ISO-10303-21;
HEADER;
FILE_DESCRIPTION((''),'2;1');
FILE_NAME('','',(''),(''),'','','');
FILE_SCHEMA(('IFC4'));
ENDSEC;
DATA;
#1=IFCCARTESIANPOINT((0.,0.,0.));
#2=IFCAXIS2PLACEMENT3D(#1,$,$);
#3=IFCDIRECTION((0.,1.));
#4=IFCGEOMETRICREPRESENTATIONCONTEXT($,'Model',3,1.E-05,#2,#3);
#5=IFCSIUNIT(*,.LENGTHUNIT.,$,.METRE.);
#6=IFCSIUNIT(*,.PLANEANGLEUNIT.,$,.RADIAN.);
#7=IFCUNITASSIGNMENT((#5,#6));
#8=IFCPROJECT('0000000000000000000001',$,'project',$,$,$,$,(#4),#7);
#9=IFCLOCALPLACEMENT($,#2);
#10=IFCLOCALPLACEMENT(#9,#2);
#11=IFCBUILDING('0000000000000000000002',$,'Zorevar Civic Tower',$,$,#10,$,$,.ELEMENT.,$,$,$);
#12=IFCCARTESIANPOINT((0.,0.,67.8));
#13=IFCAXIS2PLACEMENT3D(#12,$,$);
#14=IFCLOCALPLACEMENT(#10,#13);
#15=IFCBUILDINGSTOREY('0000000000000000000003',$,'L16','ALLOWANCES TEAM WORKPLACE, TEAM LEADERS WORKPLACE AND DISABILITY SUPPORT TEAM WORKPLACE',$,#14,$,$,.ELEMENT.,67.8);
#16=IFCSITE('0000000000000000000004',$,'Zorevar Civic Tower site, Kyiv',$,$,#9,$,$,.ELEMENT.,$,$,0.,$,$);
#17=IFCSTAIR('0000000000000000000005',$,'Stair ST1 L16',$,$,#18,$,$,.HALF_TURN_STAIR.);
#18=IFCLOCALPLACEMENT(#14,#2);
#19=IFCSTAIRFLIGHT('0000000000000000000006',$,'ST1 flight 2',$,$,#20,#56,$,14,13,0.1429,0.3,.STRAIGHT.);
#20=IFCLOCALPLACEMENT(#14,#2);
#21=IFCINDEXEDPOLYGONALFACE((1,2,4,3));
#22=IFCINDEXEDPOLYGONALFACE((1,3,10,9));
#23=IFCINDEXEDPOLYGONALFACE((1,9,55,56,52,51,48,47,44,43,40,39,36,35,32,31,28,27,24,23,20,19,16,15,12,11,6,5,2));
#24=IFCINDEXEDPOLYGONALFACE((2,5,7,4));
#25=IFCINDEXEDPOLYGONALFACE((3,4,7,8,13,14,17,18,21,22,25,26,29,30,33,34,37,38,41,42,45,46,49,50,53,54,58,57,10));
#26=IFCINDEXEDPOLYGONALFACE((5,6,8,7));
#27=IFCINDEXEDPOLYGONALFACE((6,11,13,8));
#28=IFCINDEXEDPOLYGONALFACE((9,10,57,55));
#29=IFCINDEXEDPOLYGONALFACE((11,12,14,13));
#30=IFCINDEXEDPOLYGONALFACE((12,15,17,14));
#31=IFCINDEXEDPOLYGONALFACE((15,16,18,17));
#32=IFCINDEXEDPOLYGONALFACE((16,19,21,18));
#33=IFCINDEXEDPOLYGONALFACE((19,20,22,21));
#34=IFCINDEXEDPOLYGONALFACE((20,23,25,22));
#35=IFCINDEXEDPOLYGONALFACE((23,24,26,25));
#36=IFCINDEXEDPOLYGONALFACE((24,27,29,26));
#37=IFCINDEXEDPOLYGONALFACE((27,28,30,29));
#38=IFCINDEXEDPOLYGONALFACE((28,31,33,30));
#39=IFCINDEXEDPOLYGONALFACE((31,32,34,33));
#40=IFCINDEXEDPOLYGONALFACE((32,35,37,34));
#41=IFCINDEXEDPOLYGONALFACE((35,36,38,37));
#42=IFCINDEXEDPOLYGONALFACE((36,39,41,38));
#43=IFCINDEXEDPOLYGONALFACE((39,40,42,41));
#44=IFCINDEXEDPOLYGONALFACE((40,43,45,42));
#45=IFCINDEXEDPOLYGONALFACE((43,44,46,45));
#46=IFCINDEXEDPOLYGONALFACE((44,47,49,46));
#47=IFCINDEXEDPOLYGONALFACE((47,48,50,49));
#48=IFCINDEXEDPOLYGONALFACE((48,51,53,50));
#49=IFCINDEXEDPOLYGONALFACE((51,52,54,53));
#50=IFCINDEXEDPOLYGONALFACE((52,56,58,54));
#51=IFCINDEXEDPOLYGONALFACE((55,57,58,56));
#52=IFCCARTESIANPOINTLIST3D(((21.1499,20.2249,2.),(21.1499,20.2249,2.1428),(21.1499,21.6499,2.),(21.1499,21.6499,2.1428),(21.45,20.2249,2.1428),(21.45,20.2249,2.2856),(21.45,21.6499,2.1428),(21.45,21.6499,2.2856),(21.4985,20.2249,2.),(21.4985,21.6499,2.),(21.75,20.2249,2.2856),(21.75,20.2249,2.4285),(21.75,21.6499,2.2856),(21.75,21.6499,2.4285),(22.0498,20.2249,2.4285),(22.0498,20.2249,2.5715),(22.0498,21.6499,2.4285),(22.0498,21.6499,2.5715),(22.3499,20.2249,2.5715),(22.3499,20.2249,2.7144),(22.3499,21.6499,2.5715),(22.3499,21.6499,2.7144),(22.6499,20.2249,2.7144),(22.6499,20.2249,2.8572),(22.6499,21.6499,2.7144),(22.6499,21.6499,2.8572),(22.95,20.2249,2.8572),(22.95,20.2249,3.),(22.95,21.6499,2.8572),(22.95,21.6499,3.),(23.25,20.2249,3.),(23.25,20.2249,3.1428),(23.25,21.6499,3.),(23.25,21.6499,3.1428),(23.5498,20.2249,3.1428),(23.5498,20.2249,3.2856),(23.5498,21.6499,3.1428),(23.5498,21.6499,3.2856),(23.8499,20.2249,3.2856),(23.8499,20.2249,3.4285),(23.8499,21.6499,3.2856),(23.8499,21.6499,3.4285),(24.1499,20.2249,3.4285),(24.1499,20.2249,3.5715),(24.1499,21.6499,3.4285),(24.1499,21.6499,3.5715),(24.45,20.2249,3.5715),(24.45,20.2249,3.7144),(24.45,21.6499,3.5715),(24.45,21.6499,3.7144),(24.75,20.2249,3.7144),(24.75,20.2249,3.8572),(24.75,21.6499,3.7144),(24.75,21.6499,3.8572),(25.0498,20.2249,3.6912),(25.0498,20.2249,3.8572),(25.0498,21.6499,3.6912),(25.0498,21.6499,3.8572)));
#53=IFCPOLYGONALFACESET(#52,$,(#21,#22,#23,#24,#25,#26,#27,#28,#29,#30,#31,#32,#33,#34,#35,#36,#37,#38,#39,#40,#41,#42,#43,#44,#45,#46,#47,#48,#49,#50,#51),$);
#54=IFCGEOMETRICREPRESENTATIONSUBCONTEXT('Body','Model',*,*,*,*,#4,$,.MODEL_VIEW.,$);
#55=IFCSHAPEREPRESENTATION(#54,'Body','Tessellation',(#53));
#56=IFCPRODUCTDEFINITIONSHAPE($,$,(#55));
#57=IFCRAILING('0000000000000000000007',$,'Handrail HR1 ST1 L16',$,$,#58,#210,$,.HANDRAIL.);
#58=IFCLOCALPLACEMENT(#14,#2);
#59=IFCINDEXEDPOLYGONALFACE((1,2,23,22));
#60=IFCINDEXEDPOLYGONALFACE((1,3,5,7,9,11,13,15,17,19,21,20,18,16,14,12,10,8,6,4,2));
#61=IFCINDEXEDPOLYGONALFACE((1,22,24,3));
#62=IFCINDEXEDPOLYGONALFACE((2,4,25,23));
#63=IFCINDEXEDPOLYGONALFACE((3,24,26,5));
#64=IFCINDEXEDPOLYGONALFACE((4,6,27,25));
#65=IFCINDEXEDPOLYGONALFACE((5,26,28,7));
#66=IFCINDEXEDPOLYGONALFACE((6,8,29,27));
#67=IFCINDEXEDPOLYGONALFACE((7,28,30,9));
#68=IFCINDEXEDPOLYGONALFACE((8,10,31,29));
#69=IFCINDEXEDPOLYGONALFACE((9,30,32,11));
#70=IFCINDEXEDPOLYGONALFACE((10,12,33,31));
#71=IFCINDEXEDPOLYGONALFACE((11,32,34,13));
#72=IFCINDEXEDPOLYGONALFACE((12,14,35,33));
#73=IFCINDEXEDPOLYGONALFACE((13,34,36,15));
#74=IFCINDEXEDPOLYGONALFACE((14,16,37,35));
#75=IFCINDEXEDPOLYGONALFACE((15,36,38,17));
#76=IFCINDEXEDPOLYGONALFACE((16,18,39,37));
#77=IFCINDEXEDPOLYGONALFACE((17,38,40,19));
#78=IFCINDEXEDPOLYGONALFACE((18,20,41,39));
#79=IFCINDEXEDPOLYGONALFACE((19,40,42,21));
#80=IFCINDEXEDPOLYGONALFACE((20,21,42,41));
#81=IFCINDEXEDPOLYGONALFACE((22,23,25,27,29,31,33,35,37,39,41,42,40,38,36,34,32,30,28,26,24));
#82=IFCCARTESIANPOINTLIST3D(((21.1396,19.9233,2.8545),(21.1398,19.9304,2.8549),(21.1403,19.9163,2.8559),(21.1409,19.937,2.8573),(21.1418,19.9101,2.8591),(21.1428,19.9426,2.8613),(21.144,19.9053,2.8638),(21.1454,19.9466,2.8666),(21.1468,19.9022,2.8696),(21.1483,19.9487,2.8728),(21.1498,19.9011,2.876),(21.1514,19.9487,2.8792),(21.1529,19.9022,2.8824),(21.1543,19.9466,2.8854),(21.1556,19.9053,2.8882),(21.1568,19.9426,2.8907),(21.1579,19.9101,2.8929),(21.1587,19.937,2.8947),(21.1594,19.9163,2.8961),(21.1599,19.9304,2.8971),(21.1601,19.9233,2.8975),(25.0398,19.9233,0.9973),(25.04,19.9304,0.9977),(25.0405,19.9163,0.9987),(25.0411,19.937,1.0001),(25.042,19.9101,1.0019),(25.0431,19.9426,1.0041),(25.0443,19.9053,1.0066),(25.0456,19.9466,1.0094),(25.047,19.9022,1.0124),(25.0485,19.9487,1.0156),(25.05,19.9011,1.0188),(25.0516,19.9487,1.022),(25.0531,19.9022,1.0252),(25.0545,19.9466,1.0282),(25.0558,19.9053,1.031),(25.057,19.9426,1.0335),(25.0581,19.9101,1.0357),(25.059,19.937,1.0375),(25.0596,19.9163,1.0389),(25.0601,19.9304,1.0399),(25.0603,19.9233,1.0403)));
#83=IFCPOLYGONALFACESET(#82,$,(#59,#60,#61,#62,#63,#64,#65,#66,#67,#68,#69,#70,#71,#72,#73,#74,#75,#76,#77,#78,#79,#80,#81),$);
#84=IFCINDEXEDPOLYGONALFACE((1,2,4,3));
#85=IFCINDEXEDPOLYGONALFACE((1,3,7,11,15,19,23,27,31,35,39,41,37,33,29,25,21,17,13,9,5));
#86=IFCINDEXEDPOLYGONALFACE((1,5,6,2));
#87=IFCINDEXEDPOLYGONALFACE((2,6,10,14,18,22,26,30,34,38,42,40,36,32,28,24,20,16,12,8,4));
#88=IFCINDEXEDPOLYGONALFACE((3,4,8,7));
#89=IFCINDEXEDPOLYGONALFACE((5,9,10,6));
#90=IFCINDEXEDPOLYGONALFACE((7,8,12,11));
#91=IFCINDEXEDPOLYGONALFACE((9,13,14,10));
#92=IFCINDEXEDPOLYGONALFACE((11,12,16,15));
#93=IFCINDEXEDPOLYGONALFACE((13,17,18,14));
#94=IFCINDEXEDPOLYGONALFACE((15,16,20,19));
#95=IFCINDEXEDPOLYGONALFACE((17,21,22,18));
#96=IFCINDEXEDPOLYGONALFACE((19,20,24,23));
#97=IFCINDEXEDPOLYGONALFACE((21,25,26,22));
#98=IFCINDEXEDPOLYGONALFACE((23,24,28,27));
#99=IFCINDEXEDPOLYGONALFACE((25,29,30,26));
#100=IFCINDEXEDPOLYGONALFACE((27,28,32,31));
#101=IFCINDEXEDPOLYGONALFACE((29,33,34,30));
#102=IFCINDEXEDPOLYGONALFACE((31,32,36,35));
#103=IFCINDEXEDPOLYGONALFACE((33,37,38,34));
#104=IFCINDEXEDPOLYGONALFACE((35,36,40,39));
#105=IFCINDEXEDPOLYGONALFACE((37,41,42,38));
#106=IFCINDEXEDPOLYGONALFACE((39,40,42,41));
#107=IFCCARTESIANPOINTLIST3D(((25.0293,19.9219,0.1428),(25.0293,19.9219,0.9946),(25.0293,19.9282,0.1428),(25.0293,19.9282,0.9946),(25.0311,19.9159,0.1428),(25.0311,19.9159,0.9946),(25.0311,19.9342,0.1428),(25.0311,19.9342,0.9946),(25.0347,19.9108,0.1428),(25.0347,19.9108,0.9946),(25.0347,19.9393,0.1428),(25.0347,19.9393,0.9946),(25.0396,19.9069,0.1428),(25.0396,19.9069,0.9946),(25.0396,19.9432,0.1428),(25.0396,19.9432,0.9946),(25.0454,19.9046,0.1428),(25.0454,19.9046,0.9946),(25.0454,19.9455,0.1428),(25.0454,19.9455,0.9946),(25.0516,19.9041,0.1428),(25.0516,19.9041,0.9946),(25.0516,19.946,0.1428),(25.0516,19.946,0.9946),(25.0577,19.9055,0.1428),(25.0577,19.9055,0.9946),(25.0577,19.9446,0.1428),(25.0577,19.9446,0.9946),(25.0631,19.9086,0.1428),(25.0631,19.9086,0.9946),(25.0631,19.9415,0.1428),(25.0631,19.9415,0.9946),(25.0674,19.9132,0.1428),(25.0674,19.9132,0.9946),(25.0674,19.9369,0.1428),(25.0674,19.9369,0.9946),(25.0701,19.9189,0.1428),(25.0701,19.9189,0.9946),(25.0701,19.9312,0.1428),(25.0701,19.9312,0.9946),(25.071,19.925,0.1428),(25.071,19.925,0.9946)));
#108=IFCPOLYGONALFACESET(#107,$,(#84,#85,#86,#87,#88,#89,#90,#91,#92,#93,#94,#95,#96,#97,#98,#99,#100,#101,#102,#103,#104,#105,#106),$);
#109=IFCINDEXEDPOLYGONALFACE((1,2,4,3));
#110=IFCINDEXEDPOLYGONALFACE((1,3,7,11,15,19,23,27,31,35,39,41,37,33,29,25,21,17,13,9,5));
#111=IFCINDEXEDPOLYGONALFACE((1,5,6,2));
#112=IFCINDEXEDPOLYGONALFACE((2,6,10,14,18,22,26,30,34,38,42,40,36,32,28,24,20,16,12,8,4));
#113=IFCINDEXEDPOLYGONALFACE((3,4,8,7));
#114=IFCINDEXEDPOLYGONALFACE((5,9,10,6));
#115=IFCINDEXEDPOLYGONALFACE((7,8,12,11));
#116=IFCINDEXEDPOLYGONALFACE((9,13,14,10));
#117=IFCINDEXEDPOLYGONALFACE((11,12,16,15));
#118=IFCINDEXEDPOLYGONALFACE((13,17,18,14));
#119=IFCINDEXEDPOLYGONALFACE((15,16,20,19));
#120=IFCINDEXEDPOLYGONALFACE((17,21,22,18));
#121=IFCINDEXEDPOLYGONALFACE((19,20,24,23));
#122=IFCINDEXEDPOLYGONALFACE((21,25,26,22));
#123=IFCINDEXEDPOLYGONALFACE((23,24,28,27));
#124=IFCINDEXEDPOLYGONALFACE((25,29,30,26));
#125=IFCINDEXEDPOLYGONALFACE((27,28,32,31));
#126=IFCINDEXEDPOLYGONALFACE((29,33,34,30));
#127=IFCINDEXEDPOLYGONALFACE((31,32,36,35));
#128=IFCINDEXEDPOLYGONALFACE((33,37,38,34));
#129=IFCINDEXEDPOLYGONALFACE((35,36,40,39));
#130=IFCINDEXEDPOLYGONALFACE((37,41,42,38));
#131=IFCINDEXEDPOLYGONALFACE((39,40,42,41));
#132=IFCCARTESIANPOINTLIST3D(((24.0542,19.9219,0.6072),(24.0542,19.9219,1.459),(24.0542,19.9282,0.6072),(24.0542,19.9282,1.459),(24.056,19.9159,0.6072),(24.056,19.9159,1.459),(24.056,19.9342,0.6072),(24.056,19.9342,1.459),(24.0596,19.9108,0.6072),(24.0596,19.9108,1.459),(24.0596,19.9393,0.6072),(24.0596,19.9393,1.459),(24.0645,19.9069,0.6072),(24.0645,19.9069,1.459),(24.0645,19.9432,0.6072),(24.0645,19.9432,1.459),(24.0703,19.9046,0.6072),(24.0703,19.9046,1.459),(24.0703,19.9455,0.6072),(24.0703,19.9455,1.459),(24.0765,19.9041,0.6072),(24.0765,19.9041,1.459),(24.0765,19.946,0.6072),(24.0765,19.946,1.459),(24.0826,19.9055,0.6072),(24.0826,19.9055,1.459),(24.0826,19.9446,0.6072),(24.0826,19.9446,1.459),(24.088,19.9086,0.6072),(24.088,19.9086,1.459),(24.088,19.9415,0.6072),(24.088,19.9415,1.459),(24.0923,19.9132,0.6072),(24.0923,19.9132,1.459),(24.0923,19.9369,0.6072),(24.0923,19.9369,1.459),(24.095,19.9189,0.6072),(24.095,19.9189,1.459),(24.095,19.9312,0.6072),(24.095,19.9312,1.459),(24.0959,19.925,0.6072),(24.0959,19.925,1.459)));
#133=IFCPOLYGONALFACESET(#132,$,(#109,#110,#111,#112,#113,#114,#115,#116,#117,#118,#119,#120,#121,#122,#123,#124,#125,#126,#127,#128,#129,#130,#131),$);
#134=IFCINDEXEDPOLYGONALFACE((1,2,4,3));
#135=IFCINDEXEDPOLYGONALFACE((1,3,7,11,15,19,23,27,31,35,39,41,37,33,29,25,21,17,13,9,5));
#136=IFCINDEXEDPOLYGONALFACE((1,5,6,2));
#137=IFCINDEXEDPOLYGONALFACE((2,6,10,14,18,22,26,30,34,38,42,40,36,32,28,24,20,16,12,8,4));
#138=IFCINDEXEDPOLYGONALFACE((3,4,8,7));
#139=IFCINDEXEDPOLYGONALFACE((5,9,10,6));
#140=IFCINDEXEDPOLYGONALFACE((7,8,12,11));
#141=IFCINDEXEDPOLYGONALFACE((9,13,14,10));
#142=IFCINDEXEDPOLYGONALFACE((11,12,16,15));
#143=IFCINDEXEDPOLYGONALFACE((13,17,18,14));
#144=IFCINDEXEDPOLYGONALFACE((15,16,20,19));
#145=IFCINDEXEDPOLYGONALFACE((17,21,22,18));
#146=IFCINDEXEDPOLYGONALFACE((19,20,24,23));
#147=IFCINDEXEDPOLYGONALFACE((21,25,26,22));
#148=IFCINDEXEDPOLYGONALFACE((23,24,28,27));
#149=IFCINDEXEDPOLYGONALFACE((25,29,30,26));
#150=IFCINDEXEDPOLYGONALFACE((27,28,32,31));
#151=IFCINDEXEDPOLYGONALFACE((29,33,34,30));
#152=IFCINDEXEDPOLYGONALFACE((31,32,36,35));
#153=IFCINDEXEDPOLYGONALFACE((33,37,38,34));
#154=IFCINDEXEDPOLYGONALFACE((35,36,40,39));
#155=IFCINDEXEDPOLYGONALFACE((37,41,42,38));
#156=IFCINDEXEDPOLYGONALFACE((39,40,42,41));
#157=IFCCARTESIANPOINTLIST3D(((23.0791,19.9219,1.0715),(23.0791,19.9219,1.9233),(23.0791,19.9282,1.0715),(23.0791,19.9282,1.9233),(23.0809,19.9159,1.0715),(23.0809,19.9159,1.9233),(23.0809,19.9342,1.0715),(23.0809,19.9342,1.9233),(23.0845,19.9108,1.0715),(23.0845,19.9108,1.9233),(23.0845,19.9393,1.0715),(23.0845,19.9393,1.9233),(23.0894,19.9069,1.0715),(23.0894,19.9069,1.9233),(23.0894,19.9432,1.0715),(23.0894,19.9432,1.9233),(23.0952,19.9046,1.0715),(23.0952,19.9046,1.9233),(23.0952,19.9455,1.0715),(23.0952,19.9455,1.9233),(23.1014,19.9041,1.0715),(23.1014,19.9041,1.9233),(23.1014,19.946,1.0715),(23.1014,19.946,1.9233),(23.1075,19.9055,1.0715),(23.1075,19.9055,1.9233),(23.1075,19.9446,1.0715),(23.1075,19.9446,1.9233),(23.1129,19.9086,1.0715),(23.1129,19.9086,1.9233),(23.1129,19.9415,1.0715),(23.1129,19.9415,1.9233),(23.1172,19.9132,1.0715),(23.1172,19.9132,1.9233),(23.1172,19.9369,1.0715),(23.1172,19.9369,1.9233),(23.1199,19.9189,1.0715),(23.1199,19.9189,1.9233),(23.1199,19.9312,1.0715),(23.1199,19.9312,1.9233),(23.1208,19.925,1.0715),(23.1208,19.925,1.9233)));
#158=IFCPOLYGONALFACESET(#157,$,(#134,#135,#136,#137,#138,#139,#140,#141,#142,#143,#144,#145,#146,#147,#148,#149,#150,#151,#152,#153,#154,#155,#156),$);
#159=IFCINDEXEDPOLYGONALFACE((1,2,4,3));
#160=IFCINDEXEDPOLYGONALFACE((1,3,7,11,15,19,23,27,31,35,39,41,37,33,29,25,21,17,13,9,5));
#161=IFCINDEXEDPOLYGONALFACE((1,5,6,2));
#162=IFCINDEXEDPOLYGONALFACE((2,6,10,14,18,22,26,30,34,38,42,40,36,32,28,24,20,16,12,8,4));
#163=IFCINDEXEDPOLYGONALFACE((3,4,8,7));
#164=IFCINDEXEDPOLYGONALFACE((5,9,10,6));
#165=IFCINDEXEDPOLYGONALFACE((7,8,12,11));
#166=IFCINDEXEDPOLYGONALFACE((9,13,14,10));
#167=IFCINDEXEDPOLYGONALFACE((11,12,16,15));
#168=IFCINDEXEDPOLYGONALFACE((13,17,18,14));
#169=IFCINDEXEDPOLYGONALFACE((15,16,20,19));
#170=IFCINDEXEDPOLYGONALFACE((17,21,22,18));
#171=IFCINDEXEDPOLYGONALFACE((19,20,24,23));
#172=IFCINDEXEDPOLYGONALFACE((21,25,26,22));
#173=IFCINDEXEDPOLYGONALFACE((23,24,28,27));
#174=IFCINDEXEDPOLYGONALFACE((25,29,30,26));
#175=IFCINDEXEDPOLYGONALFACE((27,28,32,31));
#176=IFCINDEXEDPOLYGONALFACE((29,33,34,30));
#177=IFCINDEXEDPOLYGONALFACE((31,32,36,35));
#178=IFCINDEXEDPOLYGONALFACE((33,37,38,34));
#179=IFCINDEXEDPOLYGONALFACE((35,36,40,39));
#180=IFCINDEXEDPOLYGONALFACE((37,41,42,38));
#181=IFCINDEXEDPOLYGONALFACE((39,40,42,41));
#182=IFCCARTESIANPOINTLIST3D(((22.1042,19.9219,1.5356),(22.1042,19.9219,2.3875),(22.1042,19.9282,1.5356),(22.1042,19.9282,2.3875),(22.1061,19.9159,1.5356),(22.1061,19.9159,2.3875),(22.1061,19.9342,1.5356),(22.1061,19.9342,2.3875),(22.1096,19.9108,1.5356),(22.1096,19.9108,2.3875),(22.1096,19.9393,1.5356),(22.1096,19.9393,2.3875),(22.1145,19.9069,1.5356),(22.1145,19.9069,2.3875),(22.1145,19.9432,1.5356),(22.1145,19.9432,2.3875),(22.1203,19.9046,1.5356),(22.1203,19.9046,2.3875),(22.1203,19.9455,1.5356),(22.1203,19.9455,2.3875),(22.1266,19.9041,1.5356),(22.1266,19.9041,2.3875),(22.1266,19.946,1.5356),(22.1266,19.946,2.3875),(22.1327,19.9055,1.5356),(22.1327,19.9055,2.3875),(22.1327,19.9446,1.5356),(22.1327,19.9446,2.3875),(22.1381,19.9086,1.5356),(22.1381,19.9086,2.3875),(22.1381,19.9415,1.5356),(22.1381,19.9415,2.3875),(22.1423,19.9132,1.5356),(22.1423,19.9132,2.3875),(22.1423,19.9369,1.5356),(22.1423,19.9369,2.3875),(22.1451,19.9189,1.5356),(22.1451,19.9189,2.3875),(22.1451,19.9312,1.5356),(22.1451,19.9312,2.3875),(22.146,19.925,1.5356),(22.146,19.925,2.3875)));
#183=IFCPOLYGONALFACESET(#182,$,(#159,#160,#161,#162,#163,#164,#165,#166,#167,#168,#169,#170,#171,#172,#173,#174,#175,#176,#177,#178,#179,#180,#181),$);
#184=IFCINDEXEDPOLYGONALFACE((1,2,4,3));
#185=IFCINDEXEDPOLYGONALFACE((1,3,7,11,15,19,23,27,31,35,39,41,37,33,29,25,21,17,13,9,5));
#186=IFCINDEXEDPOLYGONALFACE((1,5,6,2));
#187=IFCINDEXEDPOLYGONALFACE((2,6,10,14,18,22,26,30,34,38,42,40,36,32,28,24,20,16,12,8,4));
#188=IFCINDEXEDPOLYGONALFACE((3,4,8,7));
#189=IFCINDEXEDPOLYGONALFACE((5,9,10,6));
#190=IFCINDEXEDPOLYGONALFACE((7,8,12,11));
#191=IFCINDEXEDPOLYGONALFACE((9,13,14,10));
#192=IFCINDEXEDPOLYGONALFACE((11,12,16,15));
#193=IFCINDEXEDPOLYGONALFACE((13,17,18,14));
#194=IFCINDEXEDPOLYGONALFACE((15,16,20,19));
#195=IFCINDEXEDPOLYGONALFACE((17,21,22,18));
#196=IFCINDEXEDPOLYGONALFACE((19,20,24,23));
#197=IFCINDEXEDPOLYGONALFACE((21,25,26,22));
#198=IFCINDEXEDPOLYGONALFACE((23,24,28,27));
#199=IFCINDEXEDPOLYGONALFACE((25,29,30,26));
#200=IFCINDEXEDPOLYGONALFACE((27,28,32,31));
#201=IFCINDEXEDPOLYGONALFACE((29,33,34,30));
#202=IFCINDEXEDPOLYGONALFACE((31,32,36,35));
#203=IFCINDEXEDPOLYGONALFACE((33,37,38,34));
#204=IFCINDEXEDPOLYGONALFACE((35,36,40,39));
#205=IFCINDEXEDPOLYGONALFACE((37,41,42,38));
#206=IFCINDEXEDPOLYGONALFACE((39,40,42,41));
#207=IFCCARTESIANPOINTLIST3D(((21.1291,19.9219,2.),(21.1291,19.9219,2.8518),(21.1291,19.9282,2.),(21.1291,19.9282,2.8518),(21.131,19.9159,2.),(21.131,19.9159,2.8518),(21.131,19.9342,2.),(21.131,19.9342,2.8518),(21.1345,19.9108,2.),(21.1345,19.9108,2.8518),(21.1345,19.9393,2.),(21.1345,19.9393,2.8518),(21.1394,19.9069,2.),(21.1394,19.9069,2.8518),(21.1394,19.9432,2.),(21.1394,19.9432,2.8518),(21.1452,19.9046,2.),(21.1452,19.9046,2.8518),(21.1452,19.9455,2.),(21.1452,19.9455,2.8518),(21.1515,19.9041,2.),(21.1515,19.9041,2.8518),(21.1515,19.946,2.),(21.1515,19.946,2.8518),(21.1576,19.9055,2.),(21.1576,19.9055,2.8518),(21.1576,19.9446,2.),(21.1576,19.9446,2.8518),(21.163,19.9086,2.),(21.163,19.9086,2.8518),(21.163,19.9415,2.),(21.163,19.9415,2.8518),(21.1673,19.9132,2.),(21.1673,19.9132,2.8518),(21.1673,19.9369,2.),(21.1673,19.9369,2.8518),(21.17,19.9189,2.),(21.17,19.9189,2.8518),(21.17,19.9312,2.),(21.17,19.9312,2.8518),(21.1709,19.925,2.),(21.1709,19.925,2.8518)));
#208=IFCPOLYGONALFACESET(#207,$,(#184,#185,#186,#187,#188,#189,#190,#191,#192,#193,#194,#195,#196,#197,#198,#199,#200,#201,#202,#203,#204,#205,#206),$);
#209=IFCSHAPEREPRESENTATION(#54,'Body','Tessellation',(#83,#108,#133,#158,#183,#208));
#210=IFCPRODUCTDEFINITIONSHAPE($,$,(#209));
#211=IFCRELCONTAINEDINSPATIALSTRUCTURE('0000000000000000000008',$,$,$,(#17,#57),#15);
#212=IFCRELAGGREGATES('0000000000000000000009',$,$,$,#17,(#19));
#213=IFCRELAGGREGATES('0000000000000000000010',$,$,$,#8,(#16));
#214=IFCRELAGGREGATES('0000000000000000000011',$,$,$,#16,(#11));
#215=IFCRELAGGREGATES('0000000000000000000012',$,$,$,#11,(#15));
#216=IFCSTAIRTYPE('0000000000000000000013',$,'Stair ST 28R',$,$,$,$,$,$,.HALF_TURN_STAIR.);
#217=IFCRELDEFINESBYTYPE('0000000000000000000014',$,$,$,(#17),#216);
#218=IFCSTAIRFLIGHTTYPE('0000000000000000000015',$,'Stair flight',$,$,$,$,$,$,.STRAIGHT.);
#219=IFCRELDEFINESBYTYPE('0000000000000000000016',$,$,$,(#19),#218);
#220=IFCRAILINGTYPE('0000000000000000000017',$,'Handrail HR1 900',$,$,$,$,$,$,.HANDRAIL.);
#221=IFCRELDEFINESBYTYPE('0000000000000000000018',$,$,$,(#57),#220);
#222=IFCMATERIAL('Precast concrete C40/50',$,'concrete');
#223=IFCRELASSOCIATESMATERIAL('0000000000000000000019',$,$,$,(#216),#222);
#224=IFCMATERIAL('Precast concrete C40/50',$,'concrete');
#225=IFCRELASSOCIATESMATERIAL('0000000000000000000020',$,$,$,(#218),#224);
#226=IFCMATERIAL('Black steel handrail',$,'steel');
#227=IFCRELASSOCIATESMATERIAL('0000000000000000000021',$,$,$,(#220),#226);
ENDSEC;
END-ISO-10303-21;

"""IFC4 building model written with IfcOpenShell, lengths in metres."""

from ifc_helpers import new_model, si_unit, direction, frame, origin, origin_2d, place, context, subcontext, project, spatial, polyline, circle, outline, extrude, material, type_object, element, aggregate, save


model = new_model("IFC4")

# Units and contexts
model_context = context("Model", 3, precision=1e-05, world=origin(), true_north=direction((0.0, 1.0)))
body_context = subcontext(model_context, "Body", "Model", "MODEL_VIEW")
ifc_project = project(units=[si_unit("LENGTHUNIT", "METRE"), si_unit("PLANEANGLEUNIT", "RADIAN")], contexts=[model_context])

# Site, building, storey
site_placement = place(None, origin())
site = spatial("IfcSite", under=ifc_project, at=site_placement, Name="Zorevar Civic Tower site, Kyiv", CompositionType="ELEMENT", RefElevation=0.0)
building_placement = place(site_placement, origin())
building = spatial("IfcBuilding", under=site, at=building_placement, Name="Zorevar Civic Tower", CompositionType="ELEMENT")
storey_placement = place(building_placement, frame((0.0, 0.0, 67.8)))
storey = spatial("IfcBuildingStorey", under=building, at=storey_placement, Name="L16", Description="ALLOWANCES TEAM WORKPLACE, TEAM LEADERS WORKPLACE AND DISABILITY SUPPORT TEAM WORKPLACE", CompositionType="ELEMENT", Elevation=67.8)

# Stair, stair flight
ifc_material_1 = material(Name="Precast concrete C40/50", Category="concrete")
stair_type = type_object("IfcStairType", Name="Stair ST 28R", PredefinedType="HALF_TURN_STAIR", material=ifc_material_1)
stair_placement = place(storey_placement, origin())
stair = element("IfcStair", 1, at=stair_placement, inside=storey, type_object=stair_type, Name="Stair ST1 L16", PredefinedType="HALF_TURN_STAIR")
ifc_material_2 = material(Name="Precast concrete C40/50", Category="concrete")
stair_flight_type = type_object("IfcStairFlightType", Name="Stair flight", PredefinedType="STRAIGHT", material=ifc_material_2)
stair_flight_1_placement = place(storey_placement, frame((21.1499, 20.9375, 2.0), z_axis=(0.0, 0.0, 1.0), x_axis=(1.0, 0.0, 0.0)))
stair_flight_1 = element("IfcStairFlight", 2, at=stair_flight_1_placement, type_object=stair_flight_type, Name="ST1 flight 2", NumberOfRisers=14, NumberOfTreads=13, PredefinedType="STRAIGHT", RiserHeight=0.1429, TreadLength=0.3, context=body_context, shape_type="SweptSolid", body=[
    extrude(outline(polyline([(0.0, 0.0), (0.0, 0.1428), (0.3, 0.1428), (0.3, 0.2856), (0.6001, 0.2856), (0.6001, 0.4285), (0.8999, 0.4285), (0.8999, 0.5715), (1.2, 0.5715), (1.2, 0.7144), (1.5, 0.7144), (1.5, 0.8572), (1.8, 0.8572), (1.8, 1.0), (2.1001, 1.0), (2.1001, 1.1428), (2.3999, 1.1428), (2.3999, 1.2856), (2.7, 1.2856), (2.7, 1.4285), (3.0, 1.4285), (3.0, 1.5715), (3.3, 1.5715), (3.3, 1.7144), (3.6001, 1.7144), (3.6001, 1.8572), (3.8999, 1.8572), (3.8999, 2.0), (3.8999, 1.6912), (0.3486, 0.0), (0.0, 0.0)])), frame((0.0, 0.7124, 0.0), z_axis=(0.0, -1.0, 0.0), x_axis=(1.0, 0.0, 0.0)), (0.0, 0.0, 1.0), 1.425),
])
aggregate(stair, [stair_flight_1])

# Railing
ifc_material_3 = material(Name="Black steel handrail", Category="steel")
railing_type = type_object("IfcRailingType", Name="Handrail HR1 900", PredefinedType="HANDRAIL", material=ifc_material_3)
railing_1_placement = place(storey_placement, frame((25.05, 19.925, 0.1428)))
element("IfcRailing", 3, at=railing_1_placement, inside=storey, type_object=railing_type, Name="Handrail HR1 ST1 L16", PredefinedType="HANDRAIL", context=body_context, shape_type="SweptSolid", body=[
    extrude(circle(Radius=0.0239, at=origin_2d()), frame((0.0, 0.0, 0.876), z_axis=(-0.902864, 0.0, 0.429927), x_axis=(0.0, -1.0, 0.0)), (0.0, 0.0, 1.0), 4.3198),
    extrude(circle(Radius=0.021, at=origin_2d()), origin(), (0.0, 0.0, 1.0), 0.8518),
    extrude(circle(Radius=0.021, at=origin_2d()), frame((-0.9751, 0.0, 0.4644)), (0.0, 0.0, 1.0), 0.8518),
    extrude(circle(Radius=0.021, at=origin_2d()), frame((-1.9502, 0.0, 0.9287)), (0.0, 0.0, 1.0), 0.8518),
    extrude(circle(Radius=0.021, at=origin_2d()), frame((-2.925, 0.0, 1.3928)), (0.0, 0.0, 1.0), 0.8518),
    extrude(circle(Radius=0.021, at=origin_2d()), frame((-3.9001, 0.0, 1.8572)), (0.0, 0.0, 1.0), 0.8518),
])

save(model, "model.ifc")
